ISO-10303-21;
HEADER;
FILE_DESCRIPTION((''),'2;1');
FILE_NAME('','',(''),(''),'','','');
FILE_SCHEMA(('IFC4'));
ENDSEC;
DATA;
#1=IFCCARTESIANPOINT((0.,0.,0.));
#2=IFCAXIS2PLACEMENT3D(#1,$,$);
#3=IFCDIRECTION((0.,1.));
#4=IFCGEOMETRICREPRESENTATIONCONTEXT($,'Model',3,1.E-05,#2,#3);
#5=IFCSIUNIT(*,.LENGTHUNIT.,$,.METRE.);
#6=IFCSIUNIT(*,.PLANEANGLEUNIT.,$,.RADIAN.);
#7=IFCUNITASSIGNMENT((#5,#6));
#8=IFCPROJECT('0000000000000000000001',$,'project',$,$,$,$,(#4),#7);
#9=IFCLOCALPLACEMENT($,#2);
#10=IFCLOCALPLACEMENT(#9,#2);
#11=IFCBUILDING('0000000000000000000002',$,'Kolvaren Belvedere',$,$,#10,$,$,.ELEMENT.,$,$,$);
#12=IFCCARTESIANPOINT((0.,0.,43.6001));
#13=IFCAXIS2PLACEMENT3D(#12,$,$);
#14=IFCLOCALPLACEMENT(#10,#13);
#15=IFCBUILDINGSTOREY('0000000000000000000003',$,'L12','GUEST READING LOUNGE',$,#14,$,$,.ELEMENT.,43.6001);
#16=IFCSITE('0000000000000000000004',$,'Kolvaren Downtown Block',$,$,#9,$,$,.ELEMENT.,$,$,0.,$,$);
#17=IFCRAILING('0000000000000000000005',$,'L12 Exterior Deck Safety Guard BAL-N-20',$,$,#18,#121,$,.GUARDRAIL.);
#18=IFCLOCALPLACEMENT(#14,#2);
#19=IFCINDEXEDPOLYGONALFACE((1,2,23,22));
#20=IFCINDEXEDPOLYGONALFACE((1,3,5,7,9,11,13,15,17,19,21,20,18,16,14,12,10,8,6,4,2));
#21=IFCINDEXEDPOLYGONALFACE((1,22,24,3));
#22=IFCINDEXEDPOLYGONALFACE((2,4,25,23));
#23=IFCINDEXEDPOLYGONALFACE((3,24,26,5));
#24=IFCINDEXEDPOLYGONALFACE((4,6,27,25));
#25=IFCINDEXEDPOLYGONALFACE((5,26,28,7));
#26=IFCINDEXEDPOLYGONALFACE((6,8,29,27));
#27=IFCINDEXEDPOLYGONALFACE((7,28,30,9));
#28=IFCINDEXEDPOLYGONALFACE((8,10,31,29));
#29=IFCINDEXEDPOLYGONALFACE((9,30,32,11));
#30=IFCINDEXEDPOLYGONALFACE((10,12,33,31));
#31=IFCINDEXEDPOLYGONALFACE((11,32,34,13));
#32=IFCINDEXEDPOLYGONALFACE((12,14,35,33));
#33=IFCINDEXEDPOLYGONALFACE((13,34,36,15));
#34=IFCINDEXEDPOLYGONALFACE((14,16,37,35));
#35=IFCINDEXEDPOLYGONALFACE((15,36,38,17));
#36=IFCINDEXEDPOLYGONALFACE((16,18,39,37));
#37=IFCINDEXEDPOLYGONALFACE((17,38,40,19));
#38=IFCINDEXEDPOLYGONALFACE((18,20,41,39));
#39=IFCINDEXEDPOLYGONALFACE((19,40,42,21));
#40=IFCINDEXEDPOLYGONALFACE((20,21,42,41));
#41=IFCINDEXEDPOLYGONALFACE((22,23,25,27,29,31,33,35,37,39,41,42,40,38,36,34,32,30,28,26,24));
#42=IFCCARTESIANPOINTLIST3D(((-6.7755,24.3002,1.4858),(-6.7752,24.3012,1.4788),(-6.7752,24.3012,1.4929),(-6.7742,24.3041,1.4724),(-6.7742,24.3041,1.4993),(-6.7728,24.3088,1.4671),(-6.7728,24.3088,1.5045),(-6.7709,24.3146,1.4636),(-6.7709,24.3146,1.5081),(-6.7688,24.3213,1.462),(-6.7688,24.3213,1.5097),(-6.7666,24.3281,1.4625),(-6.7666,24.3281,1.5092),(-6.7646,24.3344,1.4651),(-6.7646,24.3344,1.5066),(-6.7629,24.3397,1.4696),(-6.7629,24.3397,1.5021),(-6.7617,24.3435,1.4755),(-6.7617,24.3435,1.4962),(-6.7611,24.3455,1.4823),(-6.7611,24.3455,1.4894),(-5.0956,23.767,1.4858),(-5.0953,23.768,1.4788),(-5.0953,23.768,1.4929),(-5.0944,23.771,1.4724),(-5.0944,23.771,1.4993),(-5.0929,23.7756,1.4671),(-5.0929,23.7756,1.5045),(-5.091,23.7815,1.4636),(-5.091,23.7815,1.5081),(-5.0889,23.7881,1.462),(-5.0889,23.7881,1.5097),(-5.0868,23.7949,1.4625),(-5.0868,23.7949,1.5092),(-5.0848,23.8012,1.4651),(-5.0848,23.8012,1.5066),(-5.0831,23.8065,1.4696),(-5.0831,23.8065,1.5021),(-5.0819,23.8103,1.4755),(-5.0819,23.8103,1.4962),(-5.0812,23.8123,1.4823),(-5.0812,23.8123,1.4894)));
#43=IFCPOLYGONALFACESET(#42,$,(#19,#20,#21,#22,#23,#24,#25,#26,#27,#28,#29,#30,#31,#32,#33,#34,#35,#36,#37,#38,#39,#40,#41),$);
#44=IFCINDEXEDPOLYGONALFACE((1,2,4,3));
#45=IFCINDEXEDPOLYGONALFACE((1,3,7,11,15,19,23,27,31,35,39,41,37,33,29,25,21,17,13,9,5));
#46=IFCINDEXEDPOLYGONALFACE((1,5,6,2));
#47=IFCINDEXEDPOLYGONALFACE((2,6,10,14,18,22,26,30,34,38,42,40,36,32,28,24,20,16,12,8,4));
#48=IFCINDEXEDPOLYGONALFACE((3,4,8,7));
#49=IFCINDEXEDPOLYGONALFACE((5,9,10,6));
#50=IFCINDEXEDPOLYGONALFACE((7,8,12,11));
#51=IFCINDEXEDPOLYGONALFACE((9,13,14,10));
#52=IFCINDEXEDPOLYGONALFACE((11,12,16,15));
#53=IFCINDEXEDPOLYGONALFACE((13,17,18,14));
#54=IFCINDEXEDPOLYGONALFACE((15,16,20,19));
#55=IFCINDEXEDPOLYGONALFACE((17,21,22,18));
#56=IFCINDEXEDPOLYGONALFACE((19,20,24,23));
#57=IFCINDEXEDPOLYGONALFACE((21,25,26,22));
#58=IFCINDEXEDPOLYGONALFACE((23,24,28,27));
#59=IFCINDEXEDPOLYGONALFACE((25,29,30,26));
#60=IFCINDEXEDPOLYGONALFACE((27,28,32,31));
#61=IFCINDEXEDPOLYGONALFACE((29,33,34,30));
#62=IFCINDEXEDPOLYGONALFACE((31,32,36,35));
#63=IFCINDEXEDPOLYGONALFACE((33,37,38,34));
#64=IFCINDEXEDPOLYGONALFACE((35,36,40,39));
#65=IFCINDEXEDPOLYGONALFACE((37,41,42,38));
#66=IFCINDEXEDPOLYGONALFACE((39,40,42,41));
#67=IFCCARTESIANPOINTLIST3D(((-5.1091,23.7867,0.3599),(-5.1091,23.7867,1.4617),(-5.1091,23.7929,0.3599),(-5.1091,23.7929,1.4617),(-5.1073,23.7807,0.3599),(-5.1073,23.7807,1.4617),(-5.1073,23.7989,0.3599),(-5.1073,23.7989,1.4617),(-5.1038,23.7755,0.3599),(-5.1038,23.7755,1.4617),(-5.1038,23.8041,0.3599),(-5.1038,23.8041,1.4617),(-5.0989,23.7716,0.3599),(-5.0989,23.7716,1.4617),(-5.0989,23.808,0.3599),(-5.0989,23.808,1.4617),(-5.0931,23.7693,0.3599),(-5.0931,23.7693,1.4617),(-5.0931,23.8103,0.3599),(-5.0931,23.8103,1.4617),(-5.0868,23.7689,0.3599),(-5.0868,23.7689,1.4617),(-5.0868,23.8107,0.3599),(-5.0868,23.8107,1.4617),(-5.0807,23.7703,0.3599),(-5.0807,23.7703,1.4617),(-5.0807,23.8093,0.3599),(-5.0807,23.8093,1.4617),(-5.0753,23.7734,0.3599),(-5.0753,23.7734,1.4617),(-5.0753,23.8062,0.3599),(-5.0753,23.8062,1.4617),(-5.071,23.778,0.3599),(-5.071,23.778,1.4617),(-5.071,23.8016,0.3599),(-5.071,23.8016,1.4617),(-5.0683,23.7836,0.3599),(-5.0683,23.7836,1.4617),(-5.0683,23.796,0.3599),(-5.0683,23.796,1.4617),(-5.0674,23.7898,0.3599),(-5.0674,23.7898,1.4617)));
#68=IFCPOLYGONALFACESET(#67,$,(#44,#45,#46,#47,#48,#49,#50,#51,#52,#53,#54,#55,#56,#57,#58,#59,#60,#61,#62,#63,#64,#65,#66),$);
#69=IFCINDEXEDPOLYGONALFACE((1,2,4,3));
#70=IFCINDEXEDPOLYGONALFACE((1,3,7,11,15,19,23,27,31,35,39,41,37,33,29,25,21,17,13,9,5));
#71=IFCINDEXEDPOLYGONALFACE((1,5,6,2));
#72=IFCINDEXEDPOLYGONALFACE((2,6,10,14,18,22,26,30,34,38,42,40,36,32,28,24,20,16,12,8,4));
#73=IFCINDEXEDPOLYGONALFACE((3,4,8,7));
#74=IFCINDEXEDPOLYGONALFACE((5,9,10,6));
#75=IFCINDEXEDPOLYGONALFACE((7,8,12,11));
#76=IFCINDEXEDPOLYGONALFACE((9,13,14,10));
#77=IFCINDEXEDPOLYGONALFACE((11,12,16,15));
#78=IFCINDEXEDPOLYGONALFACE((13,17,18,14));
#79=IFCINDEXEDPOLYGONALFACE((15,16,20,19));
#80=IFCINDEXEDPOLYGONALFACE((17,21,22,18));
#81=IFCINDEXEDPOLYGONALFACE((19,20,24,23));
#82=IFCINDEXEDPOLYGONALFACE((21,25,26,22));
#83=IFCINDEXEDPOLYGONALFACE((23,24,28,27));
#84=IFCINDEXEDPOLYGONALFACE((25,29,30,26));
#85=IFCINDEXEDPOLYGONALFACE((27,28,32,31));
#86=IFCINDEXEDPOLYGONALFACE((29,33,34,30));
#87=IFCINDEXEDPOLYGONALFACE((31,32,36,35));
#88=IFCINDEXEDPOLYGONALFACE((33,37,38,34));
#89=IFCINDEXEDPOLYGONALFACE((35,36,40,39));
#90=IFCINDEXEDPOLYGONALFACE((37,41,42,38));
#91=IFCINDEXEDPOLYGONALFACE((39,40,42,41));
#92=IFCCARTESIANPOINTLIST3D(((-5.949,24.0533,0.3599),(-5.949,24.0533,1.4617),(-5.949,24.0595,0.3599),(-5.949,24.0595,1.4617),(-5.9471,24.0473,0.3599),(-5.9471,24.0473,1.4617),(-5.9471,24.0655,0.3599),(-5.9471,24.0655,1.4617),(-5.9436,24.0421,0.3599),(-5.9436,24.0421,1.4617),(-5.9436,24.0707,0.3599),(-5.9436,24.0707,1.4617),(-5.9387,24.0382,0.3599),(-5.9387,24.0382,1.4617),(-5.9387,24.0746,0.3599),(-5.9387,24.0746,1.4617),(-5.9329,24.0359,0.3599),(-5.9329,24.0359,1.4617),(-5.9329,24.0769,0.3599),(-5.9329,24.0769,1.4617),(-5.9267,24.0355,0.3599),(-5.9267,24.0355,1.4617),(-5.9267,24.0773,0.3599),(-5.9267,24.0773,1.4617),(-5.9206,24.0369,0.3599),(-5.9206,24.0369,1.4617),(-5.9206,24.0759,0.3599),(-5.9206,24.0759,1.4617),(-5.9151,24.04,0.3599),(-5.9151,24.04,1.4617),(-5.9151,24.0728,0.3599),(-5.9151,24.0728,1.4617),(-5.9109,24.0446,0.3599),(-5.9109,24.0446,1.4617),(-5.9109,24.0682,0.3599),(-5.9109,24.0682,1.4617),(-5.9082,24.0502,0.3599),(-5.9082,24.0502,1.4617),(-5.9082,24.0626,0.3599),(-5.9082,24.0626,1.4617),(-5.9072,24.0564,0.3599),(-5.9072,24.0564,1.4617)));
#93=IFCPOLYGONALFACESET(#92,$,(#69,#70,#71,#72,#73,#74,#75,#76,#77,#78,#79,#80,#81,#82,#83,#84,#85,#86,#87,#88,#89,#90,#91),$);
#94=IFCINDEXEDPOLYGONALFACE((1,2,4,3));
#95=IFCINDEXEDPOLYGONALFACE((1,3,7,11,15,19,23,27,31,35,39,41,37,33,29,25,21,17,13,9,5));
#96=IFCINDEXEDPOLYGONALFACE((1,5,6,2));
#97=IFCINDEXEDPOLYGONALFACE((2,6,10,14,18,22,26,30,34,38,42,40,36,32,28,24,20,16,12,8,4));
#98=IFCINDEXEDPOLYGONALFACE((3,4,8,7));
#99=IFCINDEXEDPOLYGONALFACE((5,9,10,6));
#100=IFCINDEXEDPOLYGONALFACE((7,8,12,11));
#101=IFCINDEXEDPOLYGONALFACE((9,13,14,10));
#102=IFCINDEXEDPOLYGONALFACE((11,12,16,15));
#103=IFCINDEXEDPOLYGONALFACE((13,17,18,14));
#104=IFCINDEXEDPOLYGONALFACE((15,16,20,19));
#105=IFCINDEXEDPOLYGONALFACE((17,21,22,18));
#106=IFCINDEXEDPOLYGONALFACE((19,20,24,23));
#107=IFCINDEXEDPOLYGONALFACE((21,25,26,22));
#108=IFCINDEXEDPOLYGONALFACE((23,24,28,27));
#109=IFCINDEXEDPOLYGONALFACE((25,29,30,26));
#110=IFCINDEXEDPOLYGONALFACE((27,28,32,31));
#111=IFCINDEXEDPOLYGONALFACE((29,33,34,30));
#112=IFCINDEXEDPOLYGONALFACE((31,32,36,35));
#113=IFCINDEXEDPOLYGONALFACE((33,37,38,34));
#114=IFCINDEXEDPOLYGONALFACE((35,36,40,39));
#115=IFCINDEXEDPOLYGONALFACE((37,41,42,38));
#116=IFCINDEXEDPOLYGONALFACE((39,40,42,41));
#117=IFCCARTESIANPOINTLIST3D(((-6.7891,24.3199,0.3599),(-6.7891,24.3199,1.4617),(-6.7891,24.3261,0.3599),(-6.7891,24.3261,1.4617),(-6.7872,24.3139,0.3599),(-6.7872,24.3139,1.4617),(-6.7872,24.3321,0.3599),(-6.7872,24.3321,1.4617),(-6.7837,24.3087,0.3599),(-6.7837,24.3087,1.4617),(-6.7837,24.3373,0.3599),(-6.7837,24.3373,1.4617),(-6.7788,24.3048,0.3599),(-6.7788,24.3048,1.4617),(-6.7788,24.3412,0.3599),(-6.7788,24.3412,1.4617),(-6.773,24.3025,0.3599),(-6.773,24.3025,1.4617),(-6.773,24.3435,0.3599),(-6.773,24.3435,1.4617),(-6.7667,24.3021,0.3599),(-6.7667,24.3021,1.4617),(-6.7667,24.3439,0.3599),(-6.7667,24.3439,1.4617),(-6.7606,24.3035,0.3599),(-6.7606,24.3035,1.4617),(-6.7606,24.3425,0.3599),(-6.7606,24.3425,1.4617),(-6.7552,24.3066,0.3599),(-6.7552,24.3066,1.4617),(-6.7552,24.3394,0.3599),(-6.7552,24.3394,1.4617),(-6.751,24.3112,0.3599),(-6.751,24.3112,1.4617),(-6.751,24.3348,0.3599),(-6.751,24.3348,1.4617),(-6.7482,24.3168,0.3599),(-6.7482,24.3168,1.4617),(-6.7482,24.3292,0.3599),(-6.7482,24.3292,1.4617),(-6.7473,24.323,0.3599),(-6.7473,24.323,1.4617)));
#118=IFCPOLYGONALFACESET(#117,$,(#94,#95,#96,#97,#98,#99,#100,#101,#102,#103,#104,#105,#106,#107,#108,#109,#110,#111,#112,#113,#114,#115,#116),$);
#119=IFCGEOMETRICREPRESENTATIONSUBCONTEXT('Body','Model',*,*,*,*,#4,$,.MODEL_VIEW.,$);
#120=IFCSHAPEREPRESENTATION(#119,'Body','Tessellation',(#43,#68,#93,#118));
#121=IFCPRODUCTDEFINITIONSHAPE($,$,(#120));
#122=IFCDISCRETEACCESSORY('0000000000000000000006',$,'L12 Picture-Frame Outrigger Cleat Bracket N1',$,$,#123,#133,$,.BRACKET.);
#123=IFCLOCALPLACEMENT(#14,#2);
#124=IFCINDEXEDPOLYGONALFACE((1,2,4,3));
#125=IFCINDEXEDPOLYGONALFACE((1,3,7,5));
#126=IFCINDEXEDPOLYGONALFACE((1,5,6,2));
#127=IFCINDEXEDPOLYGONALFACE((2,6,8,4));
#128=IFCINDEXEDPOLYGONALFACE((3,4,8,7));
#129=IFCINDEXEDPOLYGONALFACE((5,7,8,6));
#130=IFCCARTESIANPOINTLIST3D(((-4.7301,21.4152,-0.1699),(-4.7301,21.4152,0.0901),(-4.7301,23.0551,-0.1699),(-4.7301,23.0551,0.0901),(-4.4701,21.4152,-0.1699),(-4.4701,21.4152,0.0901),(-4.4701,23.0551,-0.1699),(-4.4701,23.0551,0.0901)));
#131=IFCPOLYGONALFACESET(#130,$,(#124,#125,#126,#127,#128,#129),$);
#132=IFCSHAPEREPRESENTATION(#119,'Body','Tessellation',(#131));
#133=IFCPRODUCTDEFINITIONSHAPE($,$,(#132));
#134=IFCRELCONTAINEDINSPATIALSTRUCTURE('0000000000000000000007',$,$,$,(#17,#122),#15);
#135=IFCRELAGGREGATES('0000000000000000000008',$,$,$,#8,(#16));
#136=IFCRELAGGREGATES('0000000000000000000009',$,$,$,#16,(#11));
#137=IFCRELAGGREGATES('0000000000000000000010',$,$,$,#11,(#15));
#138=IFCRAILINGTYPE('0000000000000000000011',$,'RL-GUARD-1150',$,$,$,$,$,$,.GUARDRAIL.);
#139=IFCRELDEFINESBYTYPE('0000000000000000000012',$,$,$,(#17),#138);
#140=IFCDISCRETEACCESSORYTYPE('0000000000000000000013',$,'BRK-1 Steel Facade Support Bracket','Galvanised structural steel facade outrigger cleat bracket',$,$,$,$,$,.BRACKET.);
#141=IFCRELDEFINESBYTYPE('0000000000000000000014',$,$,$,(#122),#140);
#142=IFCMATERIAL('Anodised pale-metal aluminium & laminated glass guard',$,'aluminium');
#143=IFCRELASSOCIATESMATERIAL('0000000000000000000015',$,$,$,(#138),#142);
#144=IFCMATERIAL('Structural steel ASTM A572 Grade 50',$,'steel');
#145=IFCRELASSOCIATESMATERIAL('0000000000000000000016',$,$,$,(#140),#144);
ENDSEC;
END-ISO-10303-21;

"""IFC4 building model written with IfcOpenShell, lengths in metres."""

from ifc_helpers import new_model, si_unit, direction, frame, origin, origin_2d, place, context, subcontext, project, spatial, rectangle, circle, extrude, material, type_object, element, save


model = new_model("IFC4")

# Units and contexts
model_context = context("Model", 3, precision=1e-05, world=origin(), true_north=direction((0.0, 1.0)))
body_context = subcontext(model_context, "Body", "Model", "MODEL_VIEW")
ifc_project = project(units=[si_unit("LENGTHUNIT", "METRE"), si_unit("PLANEANGLEUNIT", "RADIAN")], contexts=[model_context])

# Site, building, storey
site_placement = place(None, origin())
site = spatial("IfcSite", under=ifc_project, at=site_placement, Name="Kolvaren Downtown Block", CompositionType="ELEMENT", RefElevation=0.0)
building_placement = place(site_placement, origin())
building = spatial("IfcBuilding", under=site, at=building_placement, Name="Kolvaren Belvedere", CompositionType="ELEMENT")
storey_placement = place(building_placement, frame((0.0, 0.0, 43.6001)))
storey = spatial("IfcBuildingStorey", under=building, at=storey_placement, Name="L12", Description="GUEST READING LOUNGE", CompositionType="ELEMENT", Elevation=43.6001)

# Railing
ifc_material_1 = material(Name="Anodised pale-metal aluminium & laminated glass guard", Category="aluminium")
railing_type = type_object("IfcRailingType", Name="RL-GUARD-1150", PredefinedType="GUARDRAIL", material=ifc_material_1)
railing_1_placement = place(storey_placement, frame((-5.0884, 23.7898, 0.3599)))
element("IfcRailing", 1, at=railing_1_placement, inside=storey, type_object=railing_type, Name="L12 Exterior Deck Safety Guard BAL-N-20", PredefinedType="GUARDRAIL", context=body_context, shape_type="SweptSolid", body=[
    extrude(circle(Radius=0.0239, at=origin_2d()), frame((0.0, 0.0, 1.126), z_axis=(-0.953142, 0.302523, 0.0), x_axis=(-0.302523, -0.953142, 0.0)), (0.0, 0.0, 1.0), 1.7625),
    extrude(circle(Radius=0.021, at=origin_2d()), origin(), (0.0, 0.0, 1.0), 1.1018),
    extrude(circle(Radius=0.021, at=origin_2d()), frame((-0.8398, 0.2666, 0.0)), (0.0, 0.0, 1.0), 1.1018),
    extrude(circle(Radius=0.021, at=origin_2d()), frame((-1.6799, 0.5332, 0.0)), (0.0, 0.0, 1.0), 1.1018),
])

# Discrete accessory
ifc_material_2 = material(Name="Structural steel ASTM A572 Grade 50", Category="steel")
discrete_accessory_type = type_object("IfcDiscreteAccessoryType", Name="BRK-1 Steel Facade Support Bracket", Description="Galvanised structural steel facade outrigger cleat bracket", PredefinedType="BRACKET", material=ifc_material_2)
discrete_accessory_placement = place(storey_placement, frame((-4.6001, 22.2351, -0.1699), z_axis=(0.0, 0.0, 1.0), x_axis=(0.0, 1.0, 0.0)))
element("IfcDiscreteAccessory", 2, at=discrete_accessory_placement, inside=storey, type_object=discrete_accessory_type, Name="L12 Picture-Frame Outrigger Cleat Bracket N1", PredefinedType="BRACKET", context=body_context, shape_type="SweptSolid", body=[
    extrude(rectangle(XDim=1.6399, YDim=0.26, at=origin_2d()), origin(), (0.0, 0.0, 1.0), 0.26),
])

save(model, "model.ifc")
